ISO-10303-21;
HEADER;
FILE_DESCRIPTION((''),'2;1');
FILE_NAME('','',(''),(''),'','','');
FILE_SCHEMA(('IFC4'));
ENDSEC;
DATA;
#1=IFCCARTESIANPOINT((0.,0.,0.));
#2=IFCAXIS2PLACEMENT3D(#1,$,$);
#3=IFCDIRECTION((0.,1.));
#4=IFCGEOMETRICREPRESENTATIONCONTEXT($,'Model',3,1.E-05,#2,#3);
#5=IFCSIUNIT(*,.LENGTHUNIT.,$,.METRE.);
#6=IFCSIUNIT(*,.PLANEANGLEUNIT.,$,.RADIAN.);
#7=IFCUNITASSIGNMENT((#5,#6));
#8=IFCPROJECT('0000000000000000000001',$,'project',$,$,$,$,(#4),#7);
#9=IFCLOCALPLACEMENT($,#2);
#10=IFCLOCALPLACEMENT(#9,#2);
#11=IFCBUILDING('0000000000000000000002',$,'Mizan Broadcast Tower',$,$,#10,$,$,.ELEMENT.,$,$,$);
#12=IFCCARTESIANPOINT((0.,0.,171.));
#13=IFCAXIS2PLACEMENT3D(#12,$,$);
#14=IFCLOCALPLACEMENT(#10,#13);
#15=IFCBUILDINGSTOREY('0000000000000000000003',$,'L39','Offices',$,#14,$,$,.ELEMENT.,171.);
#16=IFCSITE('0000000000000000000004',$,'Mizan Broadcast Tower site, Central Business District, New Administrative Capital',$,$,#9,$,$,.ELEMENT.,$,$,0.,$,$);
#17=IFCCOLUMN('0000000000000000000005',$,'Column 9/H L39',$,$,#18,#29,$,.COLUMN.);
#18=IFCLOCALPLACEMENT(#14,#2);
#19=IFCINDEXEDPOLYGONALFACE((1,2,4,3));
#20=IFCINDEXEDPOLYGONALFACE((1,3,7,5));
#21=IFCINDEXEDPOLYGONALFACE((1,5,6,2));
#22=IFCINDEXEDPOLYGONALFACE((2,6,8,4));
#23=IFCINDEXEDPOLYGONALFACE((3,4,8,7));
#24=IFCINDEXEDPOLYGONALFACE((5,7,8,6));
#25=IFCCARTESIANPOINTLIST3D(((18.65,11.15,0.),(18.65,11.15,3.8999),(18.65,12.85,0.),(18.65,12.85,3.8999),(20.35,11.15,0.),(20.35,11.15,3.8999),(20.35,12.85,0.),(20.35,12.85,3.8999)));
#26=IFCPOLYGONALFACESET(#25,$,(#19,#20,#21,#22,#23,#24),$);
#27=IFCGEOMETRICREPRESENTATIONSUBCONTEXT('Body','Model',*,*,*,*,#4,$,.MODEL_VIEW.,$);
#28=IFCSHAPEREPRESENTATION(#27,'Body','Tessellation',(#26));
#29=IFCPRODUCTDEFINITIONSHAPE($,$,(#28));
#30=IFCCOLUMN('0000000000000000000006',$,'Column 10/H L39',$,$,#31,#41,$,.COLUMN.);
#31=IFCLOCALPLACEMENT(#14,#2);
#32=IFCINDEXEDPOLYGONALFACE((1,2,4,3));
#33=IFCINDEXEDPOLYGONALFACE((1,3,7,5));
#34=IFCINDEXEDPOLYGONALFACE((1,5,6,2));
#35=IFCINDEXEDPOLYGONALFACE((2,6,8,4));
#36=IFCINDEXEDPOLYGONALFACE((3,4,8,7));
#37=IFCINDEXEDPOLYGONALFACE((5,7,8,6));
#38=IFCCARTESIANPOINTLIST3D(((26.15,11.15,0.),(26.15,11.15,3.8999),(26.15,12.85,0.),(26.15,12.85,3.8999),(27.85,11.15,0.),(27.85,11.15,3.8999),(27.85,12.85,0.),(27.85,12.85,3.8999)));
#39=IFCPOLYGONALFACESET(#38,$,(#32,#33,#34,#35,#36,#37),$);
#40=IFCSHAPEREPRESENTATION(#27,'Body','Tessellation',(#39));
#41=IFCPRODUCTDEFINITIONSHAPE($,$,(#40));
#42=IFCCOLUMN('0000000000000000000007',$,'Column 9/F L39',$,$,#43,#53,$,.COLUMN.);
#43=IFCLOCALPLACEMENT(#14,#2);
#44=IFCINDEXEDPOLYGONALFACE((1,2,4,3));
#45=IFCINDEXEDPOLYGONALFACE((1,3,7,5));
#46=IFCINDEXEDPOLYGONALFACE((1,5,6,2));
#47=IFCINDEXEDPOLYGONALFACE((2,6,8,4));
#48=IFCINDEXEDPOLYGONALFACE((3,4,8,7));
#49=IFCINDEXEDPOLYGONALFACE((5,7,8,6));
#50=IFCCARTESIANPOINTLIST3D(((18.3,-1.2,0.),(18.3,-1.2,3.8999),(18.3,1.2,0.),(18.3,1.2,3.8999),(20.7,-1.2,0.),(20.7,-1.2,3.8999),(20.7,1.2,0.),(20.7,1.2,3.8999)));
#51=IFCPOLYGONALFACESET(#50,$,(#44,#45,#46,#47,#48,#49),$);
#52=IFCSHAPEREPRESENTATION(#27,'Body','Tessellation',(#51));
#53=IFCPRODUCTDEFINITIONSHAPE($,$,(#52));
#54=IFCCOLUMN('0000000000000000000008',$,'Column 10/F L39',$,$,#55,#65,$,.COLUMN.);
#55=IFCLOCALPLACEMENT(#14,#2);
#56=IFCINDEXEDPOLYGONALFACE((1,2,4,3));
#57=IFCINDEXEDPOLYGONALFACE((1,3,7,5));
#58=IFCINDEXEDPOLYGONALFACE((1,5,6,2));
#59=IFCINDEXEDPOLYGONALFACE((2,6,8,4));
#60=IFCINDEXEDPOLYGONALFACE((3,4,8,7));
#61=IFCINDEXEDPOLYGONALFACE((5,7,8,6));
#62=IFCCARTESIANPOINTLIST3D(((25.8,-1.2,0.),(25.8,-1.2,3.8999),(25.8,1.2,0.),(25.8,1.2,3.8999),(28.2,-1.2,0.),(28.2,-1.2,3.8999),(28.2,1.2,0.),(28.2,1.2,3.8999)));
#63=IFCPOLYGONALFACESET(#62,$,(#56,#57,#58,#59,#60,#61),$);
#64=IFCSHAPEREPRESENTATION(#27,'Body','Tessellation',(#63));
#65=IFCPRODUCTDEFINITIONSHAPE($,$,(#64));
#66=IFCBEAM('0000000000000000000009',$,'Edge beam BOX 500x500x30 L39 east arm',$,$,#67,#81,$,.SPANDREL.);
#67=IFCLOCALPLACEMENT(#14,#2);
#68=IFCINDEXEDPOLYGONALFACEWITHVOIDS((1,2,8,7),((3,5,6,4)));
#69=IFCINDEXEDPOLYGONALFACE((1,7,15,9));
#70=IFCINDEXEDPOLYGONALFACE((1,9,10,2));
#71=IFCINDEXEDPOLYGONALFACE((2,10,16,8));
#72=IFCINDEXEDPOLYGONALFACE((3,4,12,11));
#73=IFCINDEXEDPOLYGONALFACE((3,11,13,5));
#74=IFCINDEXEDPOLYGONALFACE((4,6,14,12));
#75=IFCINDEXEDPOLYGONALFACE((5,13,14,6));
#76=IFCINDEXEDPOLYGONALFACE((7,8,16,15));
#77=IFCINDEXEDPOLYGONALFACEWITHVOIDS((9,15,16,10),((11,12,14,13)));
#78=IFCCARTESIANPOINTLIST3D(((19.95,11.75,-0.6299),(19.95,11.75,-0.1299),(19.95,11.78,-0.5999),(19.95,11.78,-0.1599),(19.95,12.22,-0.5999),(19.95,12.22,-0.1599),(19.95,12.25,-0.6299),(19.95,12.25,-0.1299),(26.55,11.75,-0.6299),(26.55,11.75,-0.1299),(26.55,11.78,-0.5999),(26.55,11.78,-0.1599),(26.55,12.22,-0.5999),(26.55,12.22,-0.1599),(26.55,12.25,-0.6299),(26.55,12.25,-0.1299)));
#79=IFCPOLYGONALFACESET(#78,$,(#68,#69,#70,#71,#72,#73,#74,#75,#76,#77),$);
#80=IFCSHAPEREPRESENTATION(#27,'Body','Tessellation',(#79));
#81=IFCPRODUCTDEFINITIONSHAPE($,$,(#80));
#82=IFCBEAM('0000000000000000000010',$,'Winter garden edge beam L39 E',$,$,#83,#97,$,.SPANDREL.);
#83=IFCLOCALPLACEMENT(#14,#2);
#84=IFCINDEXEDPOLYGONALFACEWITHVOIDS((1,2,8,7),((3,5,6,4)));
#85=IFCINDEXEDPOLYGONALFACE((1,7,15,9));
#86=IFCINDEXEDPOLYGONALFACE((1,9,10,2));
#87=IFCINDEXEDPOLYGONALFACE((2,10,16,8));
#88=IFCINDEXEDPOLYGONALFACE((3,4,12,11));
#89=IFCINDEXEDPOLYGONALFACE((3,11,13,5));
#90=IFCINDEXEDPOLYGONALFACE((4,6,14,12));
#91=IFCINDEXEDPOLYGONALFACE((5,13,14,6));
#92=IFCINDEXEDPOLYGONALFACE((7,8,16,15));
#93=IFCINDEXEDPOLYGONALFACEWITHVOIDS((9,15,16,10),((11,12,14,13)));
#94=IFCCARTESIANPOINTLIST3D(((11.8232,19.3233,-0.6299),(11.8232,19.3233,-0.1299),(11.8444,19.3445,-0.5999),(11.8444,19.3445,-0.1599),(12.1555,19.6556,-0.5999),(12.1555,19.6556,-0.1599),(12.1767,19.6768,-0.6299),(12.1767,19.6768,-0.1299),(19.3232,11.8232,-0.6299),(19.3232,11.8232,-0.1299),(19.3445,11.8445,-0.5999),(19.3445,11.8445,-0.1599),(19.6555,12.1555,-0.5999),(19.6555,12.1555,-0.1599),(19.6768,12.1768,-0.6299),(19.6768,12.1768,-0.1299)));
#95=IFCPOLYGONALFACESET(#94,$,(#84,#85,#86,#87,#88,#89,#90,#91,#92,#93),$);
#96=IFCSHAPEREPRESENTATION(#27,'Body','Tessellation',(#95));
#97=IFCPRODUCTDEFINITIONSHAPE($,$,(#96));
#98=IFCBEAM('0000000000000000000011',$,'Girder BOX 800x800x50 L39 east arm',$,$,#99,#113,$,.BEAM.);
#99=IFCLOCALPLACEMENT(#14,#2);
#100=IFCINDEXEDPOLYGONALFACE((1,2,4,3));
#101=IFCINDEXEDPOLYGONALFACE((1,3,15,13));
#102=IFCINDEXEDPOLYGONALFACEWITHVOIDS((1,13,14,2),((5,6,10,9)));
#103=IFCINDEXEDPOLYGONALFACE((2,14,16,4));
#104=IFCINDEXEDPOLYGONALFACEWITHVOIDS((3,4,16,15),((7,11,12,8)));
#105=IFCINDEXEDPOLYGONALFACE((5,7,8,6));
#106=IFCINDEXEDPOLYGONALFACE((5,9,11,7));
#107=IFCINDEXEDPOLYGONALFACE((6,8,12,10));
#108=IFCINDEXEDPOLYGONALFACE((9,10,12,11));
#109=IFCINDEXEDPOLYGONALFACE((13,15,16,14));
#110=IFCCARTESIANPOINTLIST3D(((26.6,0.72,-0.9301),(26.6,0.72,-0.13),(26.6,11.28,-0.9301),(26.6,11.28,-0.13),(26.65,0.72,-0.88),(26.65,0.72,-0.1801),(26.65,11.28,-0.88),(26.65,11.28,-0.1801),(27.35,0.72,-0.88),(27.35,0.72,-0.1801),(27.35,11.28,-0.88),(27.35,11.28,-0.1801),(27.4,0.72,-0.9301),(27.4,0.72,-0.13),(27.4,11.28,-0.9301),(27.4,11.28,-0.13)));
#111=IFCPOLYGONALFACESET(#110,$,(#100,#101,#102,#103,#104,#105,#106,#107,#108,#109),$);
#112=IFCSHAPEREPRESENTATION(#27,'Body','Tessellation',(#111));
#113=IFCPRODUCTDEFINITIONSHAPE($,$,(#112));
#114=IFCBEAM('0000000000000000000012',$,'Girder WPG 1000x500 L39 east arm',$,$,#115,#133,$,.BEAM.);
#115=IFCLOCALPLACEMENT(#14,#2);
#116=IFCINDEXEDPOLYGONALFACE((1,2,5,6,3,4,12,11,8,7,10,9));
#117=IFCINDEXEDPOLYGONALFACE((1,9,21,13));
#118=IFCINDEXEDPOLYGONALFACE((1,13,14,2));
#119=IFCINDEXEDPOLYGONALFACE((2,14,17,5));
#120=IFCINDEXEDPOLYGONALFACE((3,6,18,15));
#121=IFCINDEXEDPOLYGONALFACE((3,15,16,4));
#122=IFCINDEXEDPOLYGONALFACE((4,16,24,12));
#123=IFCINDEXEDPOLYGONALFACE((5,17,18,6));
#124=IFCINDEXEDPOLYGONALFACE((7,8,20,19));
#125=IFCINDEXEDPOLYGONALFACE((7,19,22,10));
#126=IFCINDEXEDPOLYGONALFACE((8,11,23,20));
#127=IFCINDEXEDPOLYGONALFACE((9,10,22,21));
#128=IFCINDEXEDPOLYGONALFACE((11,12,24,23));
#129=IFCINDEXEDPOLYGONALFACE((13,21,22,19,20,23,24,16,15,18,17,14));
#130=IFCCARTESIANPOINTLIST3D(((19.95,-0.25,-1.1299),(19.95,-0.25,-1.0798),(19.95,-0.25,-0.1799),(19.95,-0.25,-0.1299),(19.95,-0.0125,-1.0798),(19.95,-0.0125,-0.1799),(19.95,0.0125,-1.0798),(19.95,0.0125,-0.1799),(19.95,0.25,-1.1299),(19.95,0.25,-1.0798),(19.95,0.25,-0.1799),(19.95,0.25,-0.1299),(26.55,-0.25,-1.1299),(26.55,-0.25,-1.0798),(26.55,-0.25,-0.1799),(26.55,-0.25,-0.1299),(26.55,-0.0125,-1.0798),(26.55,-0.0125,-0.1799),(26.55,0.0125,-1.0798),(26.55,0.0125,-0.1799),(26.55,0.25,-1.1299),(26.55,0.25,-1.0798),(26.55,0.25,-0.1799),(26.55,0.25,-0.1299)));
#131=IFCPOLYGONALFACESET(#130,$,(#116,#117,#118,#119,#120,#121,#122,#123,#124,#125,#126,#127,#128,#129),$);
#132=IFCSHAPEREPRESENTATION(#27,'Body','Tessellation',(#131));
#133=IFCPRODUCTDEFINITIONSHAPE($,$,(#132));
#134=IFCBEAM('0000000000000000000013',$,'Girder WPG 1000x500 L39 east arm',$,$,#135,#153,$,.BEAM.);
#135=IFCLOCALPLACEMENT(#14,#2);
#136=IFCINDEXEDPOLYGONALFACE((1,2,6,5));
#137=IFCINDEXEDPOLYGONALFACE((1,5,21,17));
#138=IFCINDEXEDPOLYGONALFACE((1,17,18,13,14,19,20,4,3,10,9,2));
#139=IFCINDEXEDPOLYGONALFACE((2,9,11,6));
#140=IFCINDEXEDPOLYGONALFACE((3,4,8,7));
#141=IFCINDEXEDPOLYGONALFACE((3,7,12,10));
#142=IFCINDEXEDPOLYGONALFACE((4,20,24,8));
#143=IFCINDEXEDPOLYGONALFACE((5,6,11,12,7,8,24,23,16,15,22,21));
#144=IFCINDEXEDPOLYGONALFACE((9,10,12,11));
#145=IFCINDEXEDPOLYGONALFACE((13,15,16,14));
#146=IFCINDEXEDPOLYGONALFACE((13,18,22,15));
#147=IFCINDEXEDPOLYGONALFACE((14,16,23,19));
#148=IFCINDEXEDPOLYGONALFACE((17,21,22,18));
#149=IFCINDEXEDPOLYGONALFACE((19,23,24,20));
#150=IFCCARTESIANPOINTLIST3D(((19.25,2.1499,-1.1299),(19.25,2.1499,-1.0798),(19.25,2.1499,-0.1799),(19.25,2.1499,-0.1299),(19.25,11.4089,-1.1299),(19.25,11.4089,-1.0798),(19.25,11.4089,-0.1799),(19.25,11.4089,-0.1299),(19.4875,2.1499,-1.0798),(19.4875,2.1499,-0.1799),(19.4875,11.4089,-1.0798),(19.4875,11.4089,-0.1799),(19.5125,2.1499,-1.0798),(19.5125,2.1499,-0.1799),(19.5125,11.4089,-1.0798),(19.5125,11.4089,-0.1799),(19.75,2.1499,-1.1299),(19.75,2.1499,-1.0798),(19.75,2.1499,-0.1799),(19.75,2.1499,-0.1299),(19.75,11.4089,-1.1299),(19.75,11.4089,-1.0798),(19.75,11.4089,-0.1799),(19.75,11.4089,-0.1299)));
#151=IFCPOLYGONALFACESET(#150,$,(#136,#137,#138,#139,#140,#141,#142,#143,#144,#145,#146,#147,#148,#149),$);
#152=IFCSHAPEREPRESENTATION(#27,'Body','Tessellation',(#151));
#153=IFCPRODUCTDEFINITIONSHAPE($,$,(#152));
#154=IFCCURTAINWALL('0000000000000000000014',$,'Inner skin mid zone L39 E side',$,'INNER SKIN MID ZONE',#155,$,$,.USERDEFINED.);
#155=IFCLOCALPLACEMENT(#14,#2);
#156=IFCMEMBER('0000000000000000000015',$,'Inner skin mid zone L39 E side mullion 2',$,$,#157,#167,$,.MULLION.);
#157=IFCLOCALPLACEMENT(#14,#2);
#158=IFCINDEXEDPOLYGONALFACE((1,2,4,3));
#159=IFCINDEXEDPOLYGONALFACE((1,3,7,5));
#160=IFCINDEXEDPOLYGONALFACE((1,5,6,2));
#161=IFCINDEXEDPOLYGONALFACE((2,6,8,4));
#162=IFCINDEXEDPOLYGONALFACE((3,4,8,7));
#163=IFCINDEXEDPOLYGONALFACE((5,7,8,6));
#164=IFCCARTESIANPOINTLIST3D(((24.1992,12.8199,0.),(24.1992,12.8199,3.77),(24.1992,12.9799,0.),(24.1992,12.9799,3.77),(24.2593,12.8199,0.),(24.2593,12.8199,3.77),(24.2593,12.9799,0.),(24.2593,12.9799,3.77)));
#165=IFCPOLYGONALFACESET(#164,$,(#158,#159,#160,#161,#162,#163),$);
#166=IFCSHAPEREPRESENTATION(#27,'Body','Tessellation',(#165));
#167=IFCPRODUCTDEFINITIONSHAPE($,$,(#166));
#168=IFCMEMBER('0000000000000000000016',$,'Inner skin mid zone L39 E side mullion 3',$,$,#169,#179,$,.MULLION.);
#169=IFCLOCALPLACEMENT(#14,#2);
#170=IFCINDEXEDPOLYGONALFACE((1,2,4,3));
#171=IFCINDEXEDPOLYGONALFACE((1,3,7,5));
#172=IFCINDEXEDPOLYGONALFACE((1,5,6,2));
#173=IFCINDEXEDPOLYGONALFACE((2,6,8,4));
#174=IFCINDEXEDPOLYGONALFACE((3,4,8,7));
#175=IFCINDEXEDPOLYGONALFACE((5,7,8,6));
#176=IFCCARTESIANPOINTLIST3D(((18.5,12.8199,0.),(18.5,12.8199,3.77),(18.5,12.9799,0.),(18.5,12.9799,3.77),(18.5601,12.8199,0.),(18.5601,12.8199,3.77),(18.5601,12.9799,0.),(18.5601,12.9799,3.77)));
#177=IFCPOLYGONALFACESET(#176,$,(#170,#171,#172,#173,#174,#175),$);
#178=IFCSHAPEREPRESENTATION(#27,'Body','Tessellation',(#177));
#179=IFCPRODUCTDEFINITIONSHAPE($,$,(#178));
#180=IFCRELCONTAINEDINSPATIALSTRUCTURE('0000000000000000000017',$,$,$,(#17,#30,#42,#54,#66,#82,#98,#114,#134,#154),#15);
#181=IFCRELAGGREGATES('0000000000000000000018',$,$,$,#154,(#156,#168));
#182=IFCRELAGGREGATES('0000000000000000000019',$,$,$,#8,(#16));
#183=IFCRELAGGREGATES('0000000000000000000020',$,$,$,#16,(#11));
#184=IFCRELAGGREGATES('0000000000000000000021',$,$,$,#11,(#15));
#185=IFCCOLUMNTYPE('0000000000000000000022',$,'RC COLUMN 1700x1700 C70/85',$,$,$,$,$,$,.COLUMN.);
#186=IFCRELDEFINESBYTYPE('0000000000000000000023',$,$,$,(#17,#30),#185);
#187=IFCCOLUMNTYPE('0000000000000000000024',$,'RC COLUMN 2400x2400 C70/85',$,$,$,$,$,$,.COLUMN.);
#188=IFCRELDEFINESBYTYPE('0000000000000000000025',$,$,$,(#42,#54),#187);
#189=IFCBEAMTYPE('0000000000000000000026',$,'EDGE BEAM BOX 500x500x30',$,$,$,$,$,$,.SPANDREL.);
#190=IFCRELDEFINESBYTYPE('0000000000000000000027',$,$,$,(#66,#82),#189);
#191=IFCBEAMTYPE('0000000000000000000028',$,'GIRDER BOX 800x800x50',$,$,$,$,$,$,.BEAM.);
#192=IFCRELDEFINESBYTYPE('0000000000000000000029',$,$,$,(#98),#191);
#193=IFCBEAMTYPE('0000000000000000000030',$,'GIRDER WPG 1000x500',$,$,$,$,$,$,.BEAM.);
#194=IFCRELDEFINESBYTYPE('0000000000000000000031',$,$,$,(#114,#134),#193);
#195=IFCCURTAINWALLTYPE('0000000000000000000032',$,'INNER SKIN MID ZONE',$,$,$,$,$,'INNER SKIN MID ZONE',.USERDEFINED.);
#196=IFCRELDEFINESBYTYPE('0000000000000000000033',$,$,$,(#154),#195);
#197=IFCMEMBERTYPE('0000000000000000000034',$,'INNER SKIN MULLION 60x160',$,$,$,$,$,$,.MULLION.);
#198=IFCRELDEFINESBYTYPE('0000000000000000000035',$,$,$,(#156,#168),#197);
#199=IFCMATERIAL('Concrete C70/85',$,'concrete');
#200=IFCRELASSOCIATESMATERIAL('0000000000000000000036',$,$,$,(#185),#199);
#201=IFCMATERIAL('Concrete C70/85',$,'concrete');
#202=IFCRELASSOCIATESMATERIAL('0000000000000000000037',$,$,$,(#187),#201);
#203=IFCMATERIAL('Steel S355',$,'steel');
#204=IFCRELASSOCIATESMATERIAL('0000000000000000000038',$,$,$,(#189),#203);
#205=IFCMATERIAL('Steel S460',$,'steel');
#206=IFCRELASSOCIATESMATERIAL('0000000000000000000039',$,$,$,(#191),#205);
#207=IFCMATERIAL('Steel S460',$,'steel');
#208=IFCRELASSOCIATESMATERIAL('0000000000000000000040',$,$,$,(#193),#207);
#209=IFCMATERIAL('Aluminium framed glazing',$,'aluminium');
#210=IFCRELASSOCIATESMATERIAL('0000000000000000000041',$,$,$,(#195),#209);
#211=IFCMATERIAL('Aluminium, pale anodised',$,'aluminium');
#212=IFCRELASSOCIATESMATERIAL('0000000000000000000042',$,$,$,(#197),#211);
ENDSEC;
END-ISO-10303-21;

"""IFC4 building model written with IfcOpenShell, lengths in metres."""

from ifc_helpers import new_model, si_unit, direction, frame, origin, origin_2d, place, context, subcontext, project, spatial, rectangle, hollow_rectangle, i_section, extrude, material, material_profile, profile_set, type_object, element, aggregate, save


model = new_model("IFC4")

# Units and contexts
model_context = context("Model", 3, precision=1e-05, world=origin(), true_north=direction((0.0, 1.0)))
body_context = subcontext(model_context, "Body", "Model", "MODEL_VIEW")
ifc_project = project(units=[si_unit("LENGTHUNIT", "METRE"), si_unit("PLANEANGLEUNIT", "RADIAN")], contexts=[model_context])

# Site, building, storey
site_placement = place(None, origin())
site = spatial("IfcSite", under=ifc_project, at=site_placement, Name="Mizan Broadcast Tower site, Central Business District, New Administrative Capital", CompositionType="ELEMENT", RefElevation=0.0)
building_placement = place(site_placement, origin())
building = spatial("IfcBuilding", under=site, at=building_placement, Name="Mizan Broadcast Tower", CompositionType="ELEMENT")
storey_placement = place(building_placement, frame((0.0, 0.0, 171.0)))
storey = spatial("IfcBuildingStorey", under=building, at=storey_placement, Name="L39", Description="Offices", CompositionType="ELEMENT", Elevation=171.0)

# Columns
ifc_material_1 = material(Name="Concrete C70/85", Category="concrete")
ifc_material_profile_1 = material_profile(ifc_material_1, rectangle(XDim=1.7, YDim=1.7, at=origin_2d()), Name="RC 1700x1700")
ifc_profile_set_1 = profile_set([ifc_material_profile_1], Name="Concrete C70/85")
column_type_1 = type_object("IfcColumnType", Name="RC COLUMN 1700x1700 C70/85", PredefinedType="COLUMN", material=ifc_profile_set_1)
for number, where, z_axis, x_axis, name in (
    (1, (19.5, 12.0, 0.0), (0.0, 0.0, 1.0), (1.0, 0.0, 0.0), "Column 9/H L39"),
    (2, (27.0, 12.0, 0.0), (0.0, 0.0, 1.0), (1.0, 0.0, 0.0), "Column 10/H L39"),
):
    element("IfcColumn", number, at=place(storey_placement, frame(where, z_axis=z_axis, x_axis=x_axis)), inside=storey, type_object=column_type_1, Name=name, PredefinedType="COLUMN", context=body_context, shape_type="SweptSolid", body=[
        extrude(rectangle(XDim=1.7, YDim=1.7, at=origin_2d()), origin(), (0.0, 0.0, 1.0), 3.8999),
    ])
ifc_material_2 = material(Name="Concrete C70/85", Category="concrete")
ifc_material_profile_2 = material_profile(ifc_material_2, rectangle(XDim=2.3999, YDim=2.3999, at=origin_2d()), Name="RC 2400x2400")
ifc_profile_set_2 = profile_set([ifc_material_profile_2], Name="Concrete C70/85")
column_type_2 = type_object("IfcColumnType", Name="RC COLUMN 2400x2400 C70/85", PredefinedType="COLUMN", material=ifc_profile_set_2)
for number, where, z_axis, x_axis, name in (
    (3, (19.5, 0.0, 0.0), (0.0, 0.0, 1.0), (1.0, 0.0, 0.0), "Column 9/F L39"),
    (4, (27.0, 0.0, 0.0), (0.0, 0.0, 1.0), (1.0, 0.0, 0.0), "Column 10/F L39"),
):
    element("IfcColumn", number, at=place(storey_placement, frame(where, z_axis=z_axis, x_axis=x_axis)), inside=storey, type_object=column_type_2, Name=name, PredefinedType="COLUMN", context=body_context, shape_type="SweptSolid", body=[
        extrude(rectangle(XDim=2.3999, YDim=2.3999, at=origin_2d()), origin(), (0.0, 0.0, 1.0), 3.8999),
    ])

# Beams
ifc_material_3 = material(Name="Steel S355", Category="steel")
ifc_material_profile_3 = material_profile(ifc_material_3, hollow_rectangle(XDim=0.5, YDim=0.5, WallThickness=0.03, at=origin_2d()), Name="BOX 500x500x30")
ifc_profile_set_3 = profile_set([ifc_material_profile_3], Name="Steel S355")
beam_type_1 = type_object("IfcBeamType", Name="EDGE BEAM BOX 500x500x30", PredefinedType="SPANDREL", material=ifc_profile_set_3)
beam_1_placement = place(storey_placement, frame((19.95, 12.0, -0.3799), z_axis=(1.0, 0.0, 0.0), x_axis=(0.0, 1.0, 0.0)))
element("IfcBeam", 5, at=beam_1_placement, inside=storey, type_object=beam_type_1, Name="Edge beam BOX 500x500x30 L39 east arm", PredefinedType="SPANDREL", context=body_context, shape_type="SweptSolid", body=[
    extrude(hollow_rectangle(XDim=0.5, YDim=0.5, WallThickness=0.03, at=origin_2d()), origin(), (0.0, 0.0, 1.0), 6.6001),
])
beam_2_placement = place(storey_placement, frame((19.5, 12.0, -0.3799), z_axis=(-0.707107, 0.707107, 0.0), x_axis=(-0.707107, -0.707107, 0.0)))
element("IfcBeam", 6, at=beam_2_placement, inside=storey, type_object=beam_type_1, Name="Winter garden edge beam L39 E", PredefinedType="SPANDREL", context=body_context, shape_type="SweptSolid", body=[
    extrude(hollow_rectangle(XDim=0.5, YDim=0.5, WallThickness=0.03, at=origin_2d()), origin(), (0.0, 0.0, 1.0), 10.6067),
])
ifc_material_4 = material(Name="Steel S460", Category="steel")
ifc_material_profile_4 = material_profile(ifc_material_4, hollow_rectangle(XDim=0.8, YDim=0.8, WallThickness=0.05, at=origin_2d()), Name="BOX 800x800x50")
ifc_profile_set_4 = profile_set([ifc_material_profile_4], Name="Steel S460")
beam_type_2 = type_object("IfcBeamType", Name="GIRDER BOX 800x800x50", PredefinedType="BEAM", material=ifc_profile_set_4)
beam_3_placement = place(storey_placement, frame((27.0, 11.28, -0.53), z_axis=(0.0, -1.0, 0.0), x_axis=(1.0, 0.0, 0.0)))
element("IfcBeam", 7, at=beam_3_placement, inside=storey, type_object=beam_type_2, Name="Girder BOX 800x800x50 L39 east arm", PredefinedType="BEAM", context=body_context, shape_type="SweptSolid", body=[
    extrude(hollow_rectangle(XDim=0.8, YDim=0.8, WallThickness=0.05, at=origin_2d()), origin(), (0.0, 0.0, 1.0), 10.5601),
])
ifc_material_5 = material(Name="Steel S460", Category="steel")
ifc_material_profile_5 = material_profile(ifc_material_5, i_section(OverallWidth=0.5, OverallDepth=1.0, WebThickness=0.0249, FlangeThickness=0.05, at=origin_2d()), Name="WPG 1000x500")
ifc_profile_set_5 = profile_set([ifc_material_profile_5], Name="Steel S460")
beam_type_3 = type_object("IfcBeamType", Name="GIRDER WPG 1000x500", PredefinedType="BEAM", material=ifc_profile_set_5)
beam_4_placement = place(storey_placement, frame((19.95, 0.0, -0.6299), z_axis=(1.0, 0.0, 0.0), x_axis=(0.0, 1.0, 0.0)))
element("IfcBeam", 8, at=beam_4_placement, inside=storey, type_object=beam_type_3, Name="Girder WPG 1000x500 L39 east arm", PredefinedType="BEAM", context=body_context, shape_type="SweptSolid", body=[
    extrude(i_section(OverallWidth=0.5, OverallDepth=1.0, WebThickness=0.0249, FlangeThickness=0.05, at=origin_2d()), origin(), (0.0, 0.0, 1.0), 6.6001),
])
beam_5_placement = place(storey_placement, frame((19.5, 11.4089, -0.6299), z_axis=(0.0, -1.0, 0.0), x_axis=(1.0, 0.0, 0.0)))
element("IfcBeam", 9, at=beam_5_placement, inside=storey, type_object=beam_type_3, Name="Girder WPG 1000x500 L39 east arm", PredefinedType="BEAM", context=body_context, shape_type="SweptSolid", body=[
    extrude(i_section(OverallWidth=0.5, OverallDepth=1.0, WebThickness=0.0249, FlangeThickness=0.05, at=origin_2d()), origin(), (0.0, 0.0, 1.0), 9.259),
])

# Curtain wall, members
ifc_material_6 = material(Name="Aluminium framed glazing", Category="aluminium")
curtain_wall_type_1 = type_object("IfcCurtainWallType", Name="INNER SKIN MID ZONE", ElementType="INNER SKIN MID ZONE", PredefinedType="USERDEFINED", material=ifc_material_6)
curtain_wall_1_placement = place(storey_placement, origin())
curtain_wall_1 = element("IfcCurtainWall", 10, at=curtain_wall_1_placement, inside=storey, type_object=curtain_wall_type_1, Name="Inner skin mid zone L39 E side", ObjectType="INNER SKIN MID ZONE", PredefinedType="USERDEFINED")
ifc_material_7 = material(Name="Aluminium, pale anodised", Category="aluminium")
ifc_material_profile_6 = material_profile(ifc_material_7, rectangle(XDim=0.1599, YDim=0.0601, at=origin_2d()), Name="MULLION 160x60")
ifc_profile_set_6 = profile_set([ifc_material_profile_6], Name="Aluminium, pale anodised")
member_type_1 = type_object("IfcMemberType", Name="INNER SKIN MULLION 60x160", PredefinedType="MULLION", material=ifc_profile_set_6)
member_1_placement = place(storey_placement, frame((24.2292, 12.8999, 0.0), z_axis=(0.0, 0.0, 1.0), x_axis=(0.0, -1.0, 0.0)))
member_1 = element("IfcMember", 11, at=member_1_placement, type_object=member_type_1, Name="Inner skin mid zone L39 E side mullion 2", PredefinedType="MULLION", context=body_context, shape_type="SweptSolid", body=[
    extrude(rectangle(XDim=0.1599, YDim=0.0601, at=origin_2d()), origin(), (0.0, 0.0, 1.0), 3.77),
])
member_2_placement = place(storey_placement, frame((18.53, 12.8999, 0.0), z_axis=(0.0, 0.0, 1.0), x_axis=(0.0, -1.0, 0.0)))
member_2 = element("IfcMember", 12, at=member_2_placement, type_object=member_type_1, Name="Inner skin mid zone L39 E side mullion 3", PredefinedType="MULLION", context=body_context, shape_type="SweptSolid", body=[
    extrude(rectangle(XDim=0.1599, YDim=0.0601, at=origin_2d()), origin(), (0.0, 0.0, 1.0), 3.77),
])

aggregate(curtain_wall_1, [member_1, member_2])

save(model, "model.ifc")
